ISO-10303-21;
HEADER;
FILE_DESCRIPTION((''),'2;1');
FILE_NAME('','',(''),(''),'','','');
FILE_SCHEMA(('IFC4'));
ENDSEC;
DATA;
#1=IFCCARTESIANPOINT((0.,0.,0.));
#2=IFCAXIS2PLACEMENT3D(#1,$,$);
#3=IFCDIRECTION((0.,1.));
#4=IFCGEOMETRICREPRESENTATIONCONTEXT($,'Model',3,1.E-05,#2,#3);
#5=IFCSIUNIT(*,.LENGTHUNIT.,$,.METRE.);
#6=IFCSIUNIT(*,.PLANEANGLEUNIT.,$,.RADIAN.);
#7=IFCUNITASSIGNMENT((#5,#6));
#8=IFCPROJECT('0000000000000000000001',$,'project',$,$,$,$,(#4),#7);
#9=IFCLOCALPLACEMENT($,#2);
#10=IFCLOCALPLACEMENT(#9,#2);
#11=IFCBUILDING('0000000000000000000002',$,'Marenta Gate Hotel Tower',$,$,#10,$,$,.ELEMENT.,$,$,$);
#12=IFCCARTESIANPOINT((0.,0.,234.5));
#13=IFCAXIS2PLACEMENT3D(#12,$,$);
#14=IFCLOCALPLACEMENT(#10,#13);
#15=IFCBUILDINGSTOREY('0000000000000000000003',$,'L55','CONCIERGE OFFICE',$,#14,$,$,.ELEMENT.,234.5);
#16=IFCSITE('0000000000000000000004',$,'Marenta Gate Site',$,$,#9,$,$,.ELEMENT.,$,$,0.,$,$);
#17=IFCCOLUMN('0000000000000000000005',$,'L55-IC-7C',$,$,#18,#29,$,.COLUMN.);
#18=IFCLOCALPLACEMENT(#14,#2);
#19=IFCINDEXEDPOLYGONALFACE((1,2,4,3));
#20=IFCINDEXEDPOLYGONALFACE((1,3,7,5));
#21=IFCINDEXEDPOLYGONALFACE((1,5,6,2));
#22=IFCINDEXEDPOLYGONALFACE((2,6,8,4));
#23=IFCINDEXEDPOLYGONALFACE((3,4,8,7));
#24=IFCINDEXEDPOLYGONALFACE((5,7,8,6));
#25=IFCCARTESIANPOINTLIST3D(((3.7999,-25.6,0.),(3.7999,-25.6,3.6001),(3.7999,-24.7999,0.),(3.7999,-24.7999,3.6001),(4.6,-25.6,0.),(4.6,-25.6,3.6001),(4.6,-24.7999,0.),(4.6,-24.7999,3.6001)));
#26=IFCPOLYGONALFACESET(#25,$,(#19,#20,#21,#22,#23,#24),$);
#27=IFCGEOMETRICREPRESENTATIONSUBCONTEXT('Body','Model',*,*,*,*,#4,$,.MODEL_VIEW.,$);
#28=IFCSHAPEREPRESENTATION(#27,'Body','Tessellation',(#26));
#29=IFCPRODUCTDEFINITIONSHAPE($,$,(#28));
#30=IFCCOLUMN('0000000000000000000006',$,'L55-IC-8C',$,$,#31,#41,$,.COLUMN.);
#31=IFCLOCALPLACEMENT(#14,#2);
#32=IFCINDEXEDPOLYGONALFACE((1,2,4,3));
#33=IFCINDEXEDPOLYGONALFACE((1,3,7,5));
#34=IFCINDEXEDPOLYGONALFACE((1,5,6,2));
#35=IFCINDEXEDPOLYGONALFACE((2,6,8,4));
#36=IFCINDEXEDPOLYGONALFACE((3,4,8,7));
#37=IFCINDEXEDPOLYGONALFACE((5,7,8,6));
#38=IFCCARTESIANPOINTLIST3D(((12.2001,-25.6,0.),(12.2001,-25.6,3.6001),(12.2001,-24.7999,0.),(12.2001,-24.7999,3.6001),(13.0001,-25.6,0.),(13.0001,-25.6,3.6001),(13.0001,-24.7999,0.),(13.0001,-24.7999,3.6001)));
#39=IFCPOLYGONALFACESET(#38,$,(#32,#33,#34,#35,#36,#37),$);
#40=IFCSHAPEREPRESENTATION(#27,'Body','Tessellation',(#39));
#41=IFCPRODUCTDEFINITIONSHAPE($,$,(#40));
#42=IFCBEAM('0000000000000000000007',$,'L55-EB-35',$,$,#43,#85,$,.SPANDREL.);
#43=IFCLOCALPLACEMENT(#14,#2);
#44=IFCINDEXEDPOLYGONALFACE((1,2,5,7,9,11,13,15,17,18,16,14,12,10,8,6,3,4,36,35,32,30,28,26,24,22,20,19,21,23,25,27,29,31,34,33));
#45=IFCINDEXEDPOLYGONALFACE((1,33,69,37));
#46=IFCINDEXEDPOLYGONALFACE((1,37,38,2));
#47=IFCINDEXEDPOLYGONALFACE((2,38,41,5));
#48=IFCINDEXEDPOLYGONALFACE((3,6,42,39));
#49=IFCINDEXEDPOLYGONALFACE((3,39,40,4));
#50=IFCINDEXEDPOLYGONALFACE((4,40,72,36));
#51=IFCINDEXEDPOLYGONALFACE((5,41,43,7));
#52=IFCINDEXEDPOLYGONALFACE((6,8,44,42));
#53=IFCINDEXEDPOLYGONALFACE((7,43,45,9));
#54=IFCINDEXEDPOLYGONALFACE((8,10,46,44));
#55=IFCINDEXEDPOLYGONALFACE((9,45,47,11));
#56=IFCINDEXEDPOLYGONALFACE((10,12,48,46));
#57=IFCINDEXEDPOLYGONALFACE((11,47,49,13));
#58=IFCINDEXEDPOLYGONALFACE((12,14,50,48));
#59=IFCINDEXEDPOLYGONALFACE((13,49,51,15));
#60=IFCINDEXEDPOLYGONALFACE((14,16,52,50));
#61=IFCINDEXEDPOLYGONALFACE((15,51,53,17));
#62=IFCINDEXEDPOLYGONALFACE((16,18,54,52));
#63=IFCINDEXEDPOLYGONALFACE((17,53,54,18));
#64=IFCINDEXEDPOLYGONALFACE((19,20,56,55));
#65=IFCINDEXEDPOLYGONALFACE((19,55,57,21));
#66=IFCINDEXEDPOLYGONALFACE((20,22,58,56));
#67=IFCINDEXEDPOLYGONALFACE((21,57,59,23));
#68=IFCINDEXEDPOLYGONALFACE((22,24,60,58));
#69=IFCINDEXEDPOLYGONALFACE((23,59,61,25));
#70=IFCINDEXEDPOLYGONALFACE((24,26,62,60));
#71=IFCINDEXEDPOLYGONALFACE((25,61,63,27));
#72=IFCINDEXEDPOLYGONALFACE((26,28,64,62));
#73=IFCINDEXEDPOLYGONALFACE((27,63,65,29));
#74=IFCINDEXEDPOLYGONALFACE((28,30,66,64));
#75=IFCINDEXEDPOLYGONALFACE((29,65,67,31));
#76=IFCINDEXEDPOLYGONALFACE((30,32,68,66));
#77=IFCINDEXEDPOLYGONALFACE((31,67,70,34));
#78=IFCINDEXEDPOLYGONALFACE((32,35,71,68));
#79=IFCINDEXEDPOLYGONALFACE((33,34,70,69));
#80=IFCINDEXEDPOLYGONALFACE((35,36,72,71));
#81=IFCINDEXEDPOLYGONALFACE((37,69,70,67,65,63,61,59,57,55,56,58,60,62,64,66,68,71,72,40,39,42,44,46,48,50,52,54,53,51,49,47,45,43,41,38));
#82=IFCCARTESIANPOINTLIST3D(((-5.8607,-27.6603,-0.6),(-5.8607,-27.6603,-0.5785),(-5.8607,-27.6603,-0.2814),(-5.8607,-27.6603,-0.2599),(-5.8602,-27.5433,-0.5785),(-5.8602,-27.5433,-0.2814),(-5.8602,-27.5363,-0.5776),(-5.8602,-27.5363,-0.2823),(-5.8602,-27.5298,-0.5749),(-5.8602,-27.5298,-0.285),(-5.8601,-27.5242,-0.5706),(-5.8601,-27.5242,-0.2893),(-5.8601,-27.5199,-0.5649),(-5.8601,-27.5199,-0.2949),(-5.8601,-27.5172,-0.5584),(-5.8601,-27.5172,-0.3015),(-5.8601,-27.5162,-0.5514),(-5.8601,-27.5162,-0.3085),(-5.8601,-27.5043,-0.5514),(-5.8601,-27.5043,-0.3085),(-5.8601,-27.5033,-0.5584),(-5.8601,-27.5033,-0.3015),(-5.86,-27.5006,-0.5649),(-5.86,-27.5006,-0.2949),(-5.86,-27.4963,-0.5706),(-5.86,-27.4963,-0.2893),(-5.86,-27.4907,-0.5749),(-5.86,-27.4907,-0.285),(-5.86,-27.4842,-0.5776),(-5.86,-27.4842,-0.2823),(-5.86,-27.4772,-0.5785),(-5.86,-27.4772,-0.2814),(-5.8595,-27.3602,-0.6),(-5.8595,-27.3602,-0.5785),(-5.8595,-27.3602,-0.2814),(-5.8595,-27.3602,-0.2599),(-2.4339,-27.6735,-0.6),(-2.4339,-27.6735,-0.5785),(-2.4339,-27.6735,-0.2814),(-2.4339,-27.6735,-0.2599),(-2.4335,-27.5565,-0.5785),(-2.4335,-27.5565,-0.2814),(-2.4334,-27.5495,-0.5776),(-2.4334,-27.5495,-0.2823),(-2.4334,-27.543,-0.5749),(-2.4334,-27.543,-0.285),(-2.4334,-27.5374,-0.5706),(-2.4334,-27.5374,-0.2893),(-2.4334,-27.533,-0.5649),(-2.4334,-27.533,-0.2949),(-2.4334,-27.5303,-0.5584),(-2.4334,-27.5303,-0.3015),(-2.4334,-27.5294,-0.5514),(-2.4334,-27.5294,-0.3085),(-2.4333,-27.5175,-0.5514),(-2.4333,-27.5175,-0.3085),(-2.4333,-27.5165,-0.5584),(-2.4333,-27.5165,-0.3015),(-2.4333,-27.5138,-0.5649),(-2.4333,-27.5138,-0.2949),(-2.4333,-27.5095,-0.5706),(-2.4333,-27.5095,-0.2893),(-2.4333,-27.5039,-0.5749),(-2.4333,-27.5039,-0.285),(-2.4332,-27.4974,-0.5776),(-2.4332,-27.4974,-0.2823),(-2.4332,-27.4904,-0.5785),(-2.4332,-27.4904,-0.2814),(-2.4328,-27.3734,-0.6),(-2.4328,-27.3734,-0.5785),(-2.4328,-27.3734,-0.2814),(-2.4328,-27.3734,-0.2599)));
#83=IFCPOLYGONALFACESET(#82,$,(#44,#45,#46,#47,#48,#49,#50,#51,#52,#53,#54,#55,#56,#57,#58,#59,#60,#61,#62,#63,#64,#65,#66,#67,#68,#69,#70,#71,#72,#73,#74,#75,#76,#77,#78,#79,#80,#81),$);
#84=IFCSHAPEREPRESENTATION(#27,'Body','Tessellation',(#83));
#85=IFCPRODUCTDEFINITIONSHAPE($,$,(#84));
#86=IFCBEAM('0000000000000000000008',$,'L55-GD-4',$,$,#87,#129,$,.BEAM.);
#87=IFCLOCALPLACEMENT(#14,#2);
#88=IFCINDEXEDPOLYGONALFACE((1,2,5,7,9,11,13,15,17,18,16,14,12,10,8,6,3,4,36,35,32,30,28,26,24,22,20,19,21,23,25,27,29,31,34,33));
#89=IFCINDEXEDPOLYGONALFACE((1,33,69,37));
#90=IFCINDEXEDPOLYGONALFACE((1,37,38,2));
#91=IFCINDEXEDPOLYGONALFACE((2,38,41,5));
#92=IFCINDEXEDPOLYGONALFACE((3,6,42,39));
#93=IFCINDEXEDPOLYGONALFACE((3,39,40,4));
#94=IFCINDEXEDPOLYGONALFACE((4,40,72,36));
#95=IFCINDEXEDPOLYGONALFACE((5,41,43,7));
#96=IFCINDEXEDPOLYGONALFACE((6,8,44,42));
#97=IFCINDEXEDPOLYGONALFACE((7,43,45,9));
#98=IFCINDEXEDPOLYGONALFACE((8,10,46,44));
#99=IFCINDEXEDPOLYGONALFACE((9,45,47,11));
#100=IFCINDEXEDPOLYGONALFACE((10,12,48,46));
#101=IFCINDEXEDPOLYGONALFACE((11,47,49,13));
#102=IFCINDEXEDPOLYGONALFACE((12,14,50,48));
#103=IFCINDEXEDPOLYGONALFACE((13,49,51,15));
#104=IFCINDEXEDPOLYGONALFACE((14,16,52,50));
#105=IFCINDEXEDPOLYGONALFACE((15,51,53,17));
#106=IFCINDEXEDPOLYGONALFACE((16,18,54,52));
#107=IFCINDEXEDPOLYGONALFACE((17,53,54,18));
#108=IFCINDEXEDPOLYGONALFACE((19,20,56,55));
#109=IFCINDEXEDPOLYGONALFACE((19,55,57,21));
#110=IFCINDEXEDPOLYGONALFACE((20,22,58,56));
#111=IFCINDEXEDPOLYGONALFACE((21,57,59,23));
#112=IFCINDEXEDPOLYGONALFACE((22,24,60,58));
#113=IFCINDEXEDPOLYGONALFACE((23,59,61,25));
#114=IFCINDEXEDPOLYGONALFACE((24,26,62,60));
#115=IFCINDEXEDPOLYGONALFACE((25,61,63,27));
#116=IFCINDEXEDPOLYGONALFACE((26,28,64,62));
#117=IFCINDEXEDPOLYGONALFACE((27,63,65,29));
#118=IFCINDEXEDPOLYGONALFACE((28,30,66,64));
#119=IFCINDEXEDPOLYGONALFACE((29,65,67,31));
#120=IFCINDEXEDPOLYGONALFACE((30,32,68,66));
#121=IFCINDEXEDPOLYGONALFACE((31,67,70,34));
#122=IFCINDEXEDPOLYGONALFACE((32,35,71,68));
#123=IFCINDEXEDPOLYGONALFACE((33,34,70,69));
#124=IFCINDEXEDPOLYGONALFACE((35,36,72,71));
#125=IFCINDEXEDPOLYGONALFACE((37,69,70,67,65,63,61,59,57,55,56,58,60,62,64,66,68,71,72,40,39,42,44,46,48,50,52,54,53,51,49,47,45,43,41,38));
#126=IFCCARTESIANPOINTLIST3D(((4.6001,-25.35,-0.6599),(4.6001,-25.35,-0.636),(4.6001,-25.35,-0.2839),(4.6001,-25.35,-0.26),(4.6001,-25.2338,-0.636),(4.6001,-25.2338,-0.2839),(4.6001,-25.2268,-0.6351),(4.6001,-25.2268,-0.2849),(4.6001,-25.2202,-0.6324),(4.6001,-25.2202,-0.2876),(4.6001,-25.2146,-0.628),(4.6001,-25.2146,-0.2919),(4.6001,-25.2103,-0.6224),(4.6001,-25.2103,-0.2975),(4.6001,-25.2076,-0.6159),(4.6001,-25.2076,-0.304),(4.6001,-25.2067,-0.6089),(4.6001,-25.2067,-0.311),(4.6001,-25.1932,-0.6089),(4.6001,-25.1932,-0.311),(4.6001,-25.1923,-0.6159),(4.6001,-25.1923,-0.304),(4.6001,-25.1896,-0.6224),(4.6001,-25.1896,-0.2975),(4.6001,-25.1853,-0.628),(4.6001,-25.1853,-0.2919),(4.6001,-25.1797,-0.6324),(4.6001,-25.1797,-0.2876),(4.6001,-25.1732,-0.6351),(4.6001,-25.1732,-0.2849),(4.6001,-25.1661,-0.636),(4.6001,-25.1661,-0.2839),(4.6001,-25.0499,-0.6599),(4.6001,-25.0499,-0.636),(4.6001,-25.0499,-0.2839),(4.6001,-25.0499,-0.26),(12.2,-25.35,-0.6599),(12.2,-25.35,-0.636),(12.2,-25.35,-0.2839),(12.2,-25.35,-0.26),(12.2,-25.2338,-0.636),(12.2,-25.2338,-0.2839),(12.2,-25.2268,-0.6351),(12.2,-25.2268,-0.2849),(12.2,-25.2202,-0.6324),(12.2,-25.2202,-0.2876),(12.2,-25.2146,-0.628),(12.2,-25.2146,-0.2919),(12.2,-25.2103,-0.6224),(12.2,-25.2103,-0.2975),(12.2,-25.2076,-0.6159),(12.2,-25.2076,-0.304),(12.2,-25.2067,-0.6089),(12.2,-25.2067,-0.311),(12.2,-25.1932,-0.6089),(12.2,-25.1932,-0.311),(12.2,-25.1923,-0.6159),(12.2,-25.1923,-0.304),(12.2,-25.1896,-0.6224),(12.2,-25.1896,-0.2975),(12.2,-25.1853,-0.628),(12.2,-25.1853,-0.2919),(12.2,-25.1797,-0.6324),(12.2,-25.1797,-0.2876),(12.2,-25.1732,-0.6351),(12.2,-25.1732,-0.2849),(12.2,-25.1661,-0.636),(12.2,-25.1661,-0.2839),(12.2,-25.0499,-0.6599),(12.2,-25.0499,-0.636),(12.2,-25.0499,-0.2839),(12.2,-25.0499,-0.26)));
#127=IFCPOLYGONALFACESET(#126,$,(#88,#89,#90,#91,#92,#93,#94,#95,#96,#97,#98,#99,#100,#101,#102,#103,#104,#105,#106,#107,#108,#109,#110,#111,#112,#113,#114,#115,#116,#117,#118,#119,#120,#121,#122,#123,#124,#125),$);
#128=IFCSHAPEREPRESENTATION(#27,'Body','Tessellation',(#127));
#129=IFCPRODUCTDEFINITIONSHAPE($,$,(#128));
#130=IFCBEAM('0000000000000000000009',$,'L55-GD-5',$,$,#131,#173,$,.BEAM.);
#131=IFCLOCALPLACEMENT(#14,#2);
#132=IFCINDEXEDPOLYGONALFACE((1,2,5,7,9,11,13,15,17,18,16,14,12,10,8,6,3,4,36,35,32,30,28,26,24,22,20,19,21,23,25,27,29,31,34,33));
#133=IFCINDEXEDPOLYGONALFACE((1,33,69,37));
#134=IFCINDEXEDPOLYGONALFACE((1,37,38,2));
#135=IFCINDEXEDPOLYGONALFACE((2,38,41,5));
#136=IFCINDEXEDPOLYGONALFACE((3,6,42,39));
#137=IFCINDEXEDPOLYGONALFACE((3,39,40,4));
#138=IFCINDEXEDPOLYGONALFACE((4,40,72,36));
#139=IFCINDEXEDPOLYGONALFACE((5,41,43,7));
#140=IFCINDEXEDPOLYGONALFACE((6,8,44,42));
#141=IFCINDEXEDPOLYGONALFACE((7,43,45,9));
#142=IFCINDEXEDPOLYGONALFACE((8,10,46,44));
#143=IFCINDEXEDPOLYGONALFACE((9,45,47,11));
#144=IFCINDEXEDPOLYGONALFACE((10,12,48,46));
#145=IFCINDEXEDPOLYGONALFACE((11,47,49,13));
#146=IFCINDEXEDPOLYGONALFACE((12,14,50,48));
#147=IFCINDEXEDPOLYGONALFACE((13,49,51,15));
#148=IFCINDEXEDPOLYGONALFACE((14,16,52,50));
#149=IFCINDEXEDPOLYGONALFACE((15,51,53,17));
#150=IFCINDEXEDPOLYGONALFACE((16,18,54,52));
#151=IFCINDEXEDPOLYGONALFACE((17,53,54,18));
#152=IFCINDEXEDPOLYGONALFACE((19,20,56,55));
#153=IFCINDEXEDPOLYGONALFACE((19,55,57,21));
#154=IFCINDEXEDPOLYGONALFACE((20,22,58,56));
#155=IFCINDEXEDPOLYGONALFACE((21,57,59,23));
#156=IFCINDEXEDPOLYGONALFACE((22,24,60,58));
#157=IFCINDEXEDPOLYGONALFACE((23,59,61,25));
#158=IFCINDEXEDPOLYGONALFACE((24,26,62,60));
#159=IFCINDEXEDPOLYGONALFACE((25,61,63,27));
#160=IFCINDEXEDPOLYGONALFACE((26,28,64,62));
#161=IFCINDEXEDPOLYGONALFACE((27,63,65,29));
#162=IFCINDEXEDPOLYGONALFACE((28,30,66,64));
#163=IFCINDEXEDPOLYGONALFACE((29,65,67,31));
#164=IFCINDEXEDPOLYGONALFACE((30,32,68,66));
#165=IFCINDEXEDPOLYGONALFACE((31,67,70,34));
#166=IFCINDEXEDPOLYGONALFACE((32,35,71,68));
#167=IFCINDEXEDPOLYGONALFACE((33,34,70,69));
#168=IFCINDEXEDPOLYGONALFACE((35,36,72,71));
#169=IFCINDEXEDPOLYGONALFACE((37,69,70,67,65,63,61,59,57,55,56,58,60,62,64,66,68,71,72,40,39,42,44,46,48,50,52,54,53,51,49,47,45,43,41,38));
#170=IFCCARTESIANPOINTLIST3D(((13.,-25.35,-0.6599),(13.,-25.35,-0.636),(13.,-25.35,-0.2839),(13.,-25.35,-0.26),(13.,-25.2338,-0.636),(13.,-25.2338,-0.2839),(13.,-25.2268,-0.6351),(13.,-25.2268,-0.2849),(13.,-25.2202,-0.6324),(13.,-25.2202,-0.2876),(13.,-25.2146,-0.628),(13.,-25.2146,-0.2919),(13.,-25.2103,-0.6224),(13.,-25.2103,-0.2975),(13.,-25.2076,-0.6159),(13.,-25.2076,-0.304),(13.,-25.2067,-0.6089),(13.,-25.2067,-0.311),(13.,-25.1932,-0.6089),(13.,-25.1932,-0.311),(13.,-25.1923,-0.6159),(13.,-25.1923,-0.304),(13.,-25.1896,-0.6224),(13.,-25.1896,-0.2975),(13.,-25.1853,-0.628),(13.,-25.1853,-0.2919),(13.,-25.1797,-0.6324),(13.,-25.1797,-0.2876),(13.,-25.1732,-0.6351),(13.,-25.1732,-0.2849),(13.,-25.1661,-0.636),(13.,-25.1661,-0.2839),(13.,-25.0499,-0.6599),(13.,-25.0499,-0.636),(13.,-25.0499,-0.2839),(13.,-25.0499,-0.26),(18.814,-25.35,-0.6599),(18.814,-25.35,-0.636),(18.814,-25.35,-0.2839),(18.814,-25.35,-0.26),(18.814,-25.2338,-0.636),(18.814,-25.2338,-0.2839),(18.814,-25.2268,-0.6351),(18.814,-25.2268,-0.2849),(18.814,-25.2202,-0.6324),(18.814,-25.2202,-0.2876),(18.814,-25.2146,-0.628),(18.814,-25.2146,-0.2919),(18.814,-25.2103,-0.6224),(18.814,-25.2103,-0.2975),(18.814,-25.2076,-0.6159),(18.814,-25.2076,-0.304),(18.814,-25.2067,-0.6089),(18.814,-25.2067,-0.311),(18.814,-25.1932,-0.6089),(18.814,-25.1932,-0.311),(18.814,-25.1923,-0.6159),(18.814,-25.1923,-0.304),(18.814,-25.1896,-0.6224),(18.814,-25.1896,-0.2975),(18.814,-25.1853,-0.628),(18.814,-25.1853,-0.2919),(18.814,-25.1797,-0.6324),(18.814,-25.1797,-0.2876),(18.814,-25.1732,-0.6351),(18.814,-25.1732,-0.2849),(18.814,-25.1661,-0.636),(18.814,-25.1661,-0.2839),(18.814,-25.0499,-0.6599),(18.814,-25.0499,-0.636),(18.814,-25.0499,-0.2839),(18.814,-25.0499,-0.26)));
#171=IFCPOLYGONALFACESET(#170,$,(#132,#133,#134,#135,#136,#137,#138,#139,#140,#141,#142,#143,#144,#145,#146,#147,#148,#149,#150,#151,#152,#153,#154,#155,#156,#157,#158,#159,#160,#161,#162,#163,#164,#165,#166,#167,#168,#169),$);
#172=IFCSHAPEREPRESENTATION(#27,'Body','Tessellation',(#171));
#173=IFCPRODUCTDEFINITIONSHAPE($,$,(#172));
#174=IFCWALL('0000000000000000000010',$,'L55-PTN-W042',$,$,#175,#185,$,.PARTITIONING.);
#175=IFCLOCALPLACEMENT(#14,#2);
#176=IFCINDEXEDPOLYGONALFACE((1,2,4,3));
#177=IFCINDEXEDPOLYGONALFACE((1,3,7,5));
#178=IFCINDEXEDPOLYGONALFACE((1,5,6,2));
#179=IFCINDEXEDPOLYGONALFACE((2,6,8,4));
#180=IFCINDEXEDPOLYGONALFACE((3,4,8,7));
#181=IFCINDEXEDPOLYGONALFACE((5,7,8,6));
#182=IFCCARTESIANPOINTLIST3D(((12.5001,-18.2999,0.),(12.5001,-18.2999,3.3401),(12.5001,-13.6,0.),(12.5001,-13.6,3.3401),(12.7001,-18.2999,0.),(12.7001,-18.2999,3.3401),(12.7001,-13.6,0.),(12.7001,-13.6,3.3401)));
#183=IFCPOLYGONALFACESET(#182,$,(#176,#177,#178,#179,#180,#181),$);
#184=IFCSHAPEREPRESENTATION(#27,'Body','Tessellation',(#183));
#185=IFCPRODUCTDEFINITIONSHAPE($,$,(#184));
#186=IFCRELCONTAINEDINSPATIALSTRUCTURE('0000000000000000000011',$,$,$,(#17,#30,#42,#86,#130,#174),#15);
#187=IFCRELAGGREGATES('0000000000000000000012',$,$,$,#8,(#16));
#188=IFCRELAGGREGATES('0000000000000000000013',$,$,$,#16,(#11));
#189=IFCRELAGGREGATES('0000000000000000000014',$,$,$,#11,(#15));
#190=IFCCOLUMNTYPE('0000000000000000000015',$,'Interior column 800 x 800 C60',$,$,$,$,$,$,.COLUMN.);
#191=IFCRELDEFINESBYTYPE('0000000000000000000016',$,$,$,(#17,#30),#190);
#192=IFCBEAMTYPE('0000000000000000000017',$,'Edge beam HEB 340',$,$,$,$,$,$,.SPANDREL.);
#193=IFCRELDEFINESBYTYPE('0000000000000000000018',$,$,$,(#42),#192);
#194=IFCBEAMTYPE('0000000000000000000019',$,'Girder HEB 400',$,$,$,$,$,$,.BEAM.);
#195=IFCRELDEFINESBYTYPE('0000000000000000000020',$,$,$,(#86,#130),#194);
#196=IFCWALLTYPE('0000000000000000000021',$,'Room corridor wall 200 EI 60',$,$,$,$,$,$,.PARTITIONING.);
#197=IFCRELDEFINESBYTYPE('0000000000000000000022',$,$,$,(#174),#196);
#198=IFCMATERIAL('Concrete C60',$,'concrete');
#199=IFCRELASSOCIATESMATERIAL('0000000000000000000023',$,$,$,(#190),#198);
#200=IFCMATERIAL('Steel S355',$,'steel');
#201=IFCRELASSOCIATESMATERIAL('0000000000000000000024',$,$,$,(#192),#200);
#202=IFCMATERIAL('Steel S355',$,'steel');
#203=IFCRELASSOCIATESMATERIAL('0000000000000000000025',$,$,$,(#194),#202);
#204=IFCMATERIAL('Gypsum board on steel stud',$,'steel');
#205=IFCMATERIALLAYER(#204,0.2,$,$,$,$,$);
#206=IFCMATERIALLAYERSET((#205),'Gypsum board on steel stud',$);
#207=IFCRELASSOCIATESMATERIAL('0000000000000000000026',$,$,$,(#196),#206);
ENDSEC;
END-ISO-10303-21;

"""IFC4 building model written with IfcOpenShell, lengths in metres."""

from ifc_helpers import new_model, si_unit, direction, frame, frame_2d, origin, origin_2d, place, context, subcontext, project, spatial, rectangle, i_section, extrude, material, layer, layer_set, material_profile, profile_set, type_object, element, save


model = new_model("IFC4")

# Units and contexts
model_context = context("Model", 3, precision=1e-05, world=origin(), true_north=direction((0.0, 1.0)))
body_context = subcontext(model_context, "Body", "Model", "MODEL_VIEW")
ifc_project = project(units=[si_unit("LENGTHUNIT", "METRE"), si_unit("PLANEANGLEUNIT", "RADIAN")], contexts=[model_context])

# Site, building, storey
site_placement = place(None, origin())
site = spatial("IfcSite", under=ifc_project, at=site_placement, Name="Marenta Gate Site", CompositionType="ELEMENT", RefElevation=0.0)
building_placement = place(site_placement, origin())
building = spatial("IfcBuilding", under=site, at=building_placement, Name="Marenta Gate Hotel Tower", CompositionType="ELEMENT")
storey_placement = place(building_placement, frame((0.0, 0.0, 234.5)))
storey = spatial("IfcBuildingStorey", under=building, at=storey_placement, Name="L55", Description="CONCIERGE OFFICE", CompositionType="ELEMENT", Elevation=234.5)

# Columns
ifc_material_1 = material(Name="Concrete C60", Category="concrete")
ifc_material_profile_1 = material_profile(ifc_material_1, rectangle(XDim=0.8, YDim=0.8, at=origin_2d()), Name="800 x 800")
ifc_profile_set_1 = profile_set([ifc_material_profile_1], Name="Concrete C60")
column_type = type_object("IfcColumnType", Name="Interior column 800 x 800 C60", PredefinedType="COLUMN", material=ifc_profile_set_1)
for number, where, z_axis, x_axis, name in (
    (1, (4.2, -25.2, 0.0), (0.0, 0.0, 1.0), (1.0, 0.0, 0.0), "L55-IC-7C"),
    (2, (12.6001, -25.2, 0.0), (0.0, 0.0, 1.0), (1.0, 0.0, 0.0), "L55-IC-8C"),
):
    element("IfcColumn", number, at=place(storey_placement, frame(where, z_axis=z_axis, x_axis=x_axis)), inside=storey, type_object=column_type, Name=name, PredefinedType="COLUMN", context=body_context, shape_type="SweptSolid", body=[
        extrude(rectangle(XDim=0.8, YDim=0.8, at=origin_2d()), origin(), (0.0, 0.0, 1.0), 3.6001),
    ])

# Beams
ifc_material_2 = material(Name="Steel S355", Category="steel")
ifc_material_profile_2 = material_profile(ifc_material_2, i_section(OverallWidth=0.3, OverallDepth=0.3401, WebThickness=0.012, FlangeThickness=0.0215, FilletRadius=0.0271, at=origin_2d()), Name="HEB 340")
ifc_profile_set_2 = profile_set([ifc_material_profile_2], Name="Steel S355")
beam_type_1 = type_object("IfcBeamType", Name="Edge beam HEB 340", PredefinedType="SPANDREL", material=ifc_profile_set_2)
beam_1_placement = place(storey_placement, frame((-2.4333, -27.5234, -0.4299), z_axis=(-0.999993, 0.003847, 0.0), x_axis=(-0.003847, -0.999993, 0.0)))
element("IfcBeam", 3, at=beam_1_placement, inside=storey, type_object=beam_type_1, Name="L55-EB-35", PredefinedType="SPANDREL", context=body_context, shape_type="SweptSolid", body=[
    extrude(i_section(OverallWidth=0.3, OverallDepth=0.3401, WebThickness=0.012, FlangeThickness=0.0215, FilletRadius=0.0271, at=origin_2d()), origin(), (0.0, 0.0, 1.0), 3.4268),
])
ifc_material_3 = material(Name="Steel S355", Category="steel")
ifc_material_profile_3 = material_profile(ifc_material_3, i_section(OverallWidth=0.3, OverallDepth=0.3999, WebThickness=0.0134, FlangeThickness=0.0239, FilletRadius=0.0271, at=origin_2d()), Name="HEB 400")
ifc_profile_set_3 = profile_set([ifc_material_profile_3], Name="Steel S355")
beam_type_2 = type_object("IfcBeamType", Name="Girder HEB 400", PredefinedType="BEAM", material=ifc_profile_set_3)
beam_2_placement = place(storey_placement, frame((4.6001, -25.2, -0.46), z_axis=(1.0, 0.0, 0.0), x_axis=(0.0, 1.0, 0.0)))
element("IfcBeam", 4, at=beam_2_placement, inside=storey, type_object=beam_type_2, Name="L55-GD-4", PredefinedType="BEAM", context=body_context, shape_type="SweptSolid", body=[
    extrude(i_section(OverallWidth=0.3, OverallDepth=0.3999, WebThickness=0.0134, FlangeThickness=0.0239, FilletRadius=0.0271, at=origin_2d()), origin(), (0.0, 0.0, 1.0), 7.5999),
])
beam_3_placement = place(storey_placement, frame((13.0, -25.2, -0.46), z_axis=(1.0, 0.0, 0.0), x_axis=(0.0, 1.0, 0.0)))
element("IfcBeam", 5, at=beam_3_placement, inside=storey, type_object=beam_type_2, Name="L55-GD-5", PredefinedType="BEAM", context=body_context, shape_type="SweptSolid", body=[
    extrude(i_section(OverallWidth=0.3, OverallDepth=0.3999, WebThickness=0.0134, FlangeThickness=0.0239, FilletRadius=0.0271, at=origin_2d()), origin(), (0.0, 0.0, 1.0), 5.814),
])

# Shared definitions
ifc_material_4 = material(Name="Gypsum board on steel stud", Category="steel")
ifc_layer_1 = layer(ifc_material_4, 0.2)
ifc_layer_set_1 = layer_set([ifc_layer_1], Name="Gypsum board on steel stud")
wall_type_1 = type_object("IfcWallType", Name="Room corridor wall 200 EI 60", PredefinedType="PARTITIONING", material=ifc_layer_set_1)

# Wall
wall_1_placement = place(storey_placement, frame((12.6001, -18.3, 0.0), z_axis=(0.0, 0.0, 1.0), x_axis=(0.0, 1.0, 0.0)))
element("IfcWall", 6, at=wall_1_placement, inside=storey, type_object=wall_type_1, Name="L55-PTN-W042", PredefinedType="PARTITIONING", context=body_context, shape_type="SweptSolid", body=[
    extrude(rectangle(XDim=4.7, YDim=0.2, at=frame_2d((2.3501, 0.0))), origin(), (0.0, 0.0, 1.0), 3.3401),
])

save(model, "model.ifc")
